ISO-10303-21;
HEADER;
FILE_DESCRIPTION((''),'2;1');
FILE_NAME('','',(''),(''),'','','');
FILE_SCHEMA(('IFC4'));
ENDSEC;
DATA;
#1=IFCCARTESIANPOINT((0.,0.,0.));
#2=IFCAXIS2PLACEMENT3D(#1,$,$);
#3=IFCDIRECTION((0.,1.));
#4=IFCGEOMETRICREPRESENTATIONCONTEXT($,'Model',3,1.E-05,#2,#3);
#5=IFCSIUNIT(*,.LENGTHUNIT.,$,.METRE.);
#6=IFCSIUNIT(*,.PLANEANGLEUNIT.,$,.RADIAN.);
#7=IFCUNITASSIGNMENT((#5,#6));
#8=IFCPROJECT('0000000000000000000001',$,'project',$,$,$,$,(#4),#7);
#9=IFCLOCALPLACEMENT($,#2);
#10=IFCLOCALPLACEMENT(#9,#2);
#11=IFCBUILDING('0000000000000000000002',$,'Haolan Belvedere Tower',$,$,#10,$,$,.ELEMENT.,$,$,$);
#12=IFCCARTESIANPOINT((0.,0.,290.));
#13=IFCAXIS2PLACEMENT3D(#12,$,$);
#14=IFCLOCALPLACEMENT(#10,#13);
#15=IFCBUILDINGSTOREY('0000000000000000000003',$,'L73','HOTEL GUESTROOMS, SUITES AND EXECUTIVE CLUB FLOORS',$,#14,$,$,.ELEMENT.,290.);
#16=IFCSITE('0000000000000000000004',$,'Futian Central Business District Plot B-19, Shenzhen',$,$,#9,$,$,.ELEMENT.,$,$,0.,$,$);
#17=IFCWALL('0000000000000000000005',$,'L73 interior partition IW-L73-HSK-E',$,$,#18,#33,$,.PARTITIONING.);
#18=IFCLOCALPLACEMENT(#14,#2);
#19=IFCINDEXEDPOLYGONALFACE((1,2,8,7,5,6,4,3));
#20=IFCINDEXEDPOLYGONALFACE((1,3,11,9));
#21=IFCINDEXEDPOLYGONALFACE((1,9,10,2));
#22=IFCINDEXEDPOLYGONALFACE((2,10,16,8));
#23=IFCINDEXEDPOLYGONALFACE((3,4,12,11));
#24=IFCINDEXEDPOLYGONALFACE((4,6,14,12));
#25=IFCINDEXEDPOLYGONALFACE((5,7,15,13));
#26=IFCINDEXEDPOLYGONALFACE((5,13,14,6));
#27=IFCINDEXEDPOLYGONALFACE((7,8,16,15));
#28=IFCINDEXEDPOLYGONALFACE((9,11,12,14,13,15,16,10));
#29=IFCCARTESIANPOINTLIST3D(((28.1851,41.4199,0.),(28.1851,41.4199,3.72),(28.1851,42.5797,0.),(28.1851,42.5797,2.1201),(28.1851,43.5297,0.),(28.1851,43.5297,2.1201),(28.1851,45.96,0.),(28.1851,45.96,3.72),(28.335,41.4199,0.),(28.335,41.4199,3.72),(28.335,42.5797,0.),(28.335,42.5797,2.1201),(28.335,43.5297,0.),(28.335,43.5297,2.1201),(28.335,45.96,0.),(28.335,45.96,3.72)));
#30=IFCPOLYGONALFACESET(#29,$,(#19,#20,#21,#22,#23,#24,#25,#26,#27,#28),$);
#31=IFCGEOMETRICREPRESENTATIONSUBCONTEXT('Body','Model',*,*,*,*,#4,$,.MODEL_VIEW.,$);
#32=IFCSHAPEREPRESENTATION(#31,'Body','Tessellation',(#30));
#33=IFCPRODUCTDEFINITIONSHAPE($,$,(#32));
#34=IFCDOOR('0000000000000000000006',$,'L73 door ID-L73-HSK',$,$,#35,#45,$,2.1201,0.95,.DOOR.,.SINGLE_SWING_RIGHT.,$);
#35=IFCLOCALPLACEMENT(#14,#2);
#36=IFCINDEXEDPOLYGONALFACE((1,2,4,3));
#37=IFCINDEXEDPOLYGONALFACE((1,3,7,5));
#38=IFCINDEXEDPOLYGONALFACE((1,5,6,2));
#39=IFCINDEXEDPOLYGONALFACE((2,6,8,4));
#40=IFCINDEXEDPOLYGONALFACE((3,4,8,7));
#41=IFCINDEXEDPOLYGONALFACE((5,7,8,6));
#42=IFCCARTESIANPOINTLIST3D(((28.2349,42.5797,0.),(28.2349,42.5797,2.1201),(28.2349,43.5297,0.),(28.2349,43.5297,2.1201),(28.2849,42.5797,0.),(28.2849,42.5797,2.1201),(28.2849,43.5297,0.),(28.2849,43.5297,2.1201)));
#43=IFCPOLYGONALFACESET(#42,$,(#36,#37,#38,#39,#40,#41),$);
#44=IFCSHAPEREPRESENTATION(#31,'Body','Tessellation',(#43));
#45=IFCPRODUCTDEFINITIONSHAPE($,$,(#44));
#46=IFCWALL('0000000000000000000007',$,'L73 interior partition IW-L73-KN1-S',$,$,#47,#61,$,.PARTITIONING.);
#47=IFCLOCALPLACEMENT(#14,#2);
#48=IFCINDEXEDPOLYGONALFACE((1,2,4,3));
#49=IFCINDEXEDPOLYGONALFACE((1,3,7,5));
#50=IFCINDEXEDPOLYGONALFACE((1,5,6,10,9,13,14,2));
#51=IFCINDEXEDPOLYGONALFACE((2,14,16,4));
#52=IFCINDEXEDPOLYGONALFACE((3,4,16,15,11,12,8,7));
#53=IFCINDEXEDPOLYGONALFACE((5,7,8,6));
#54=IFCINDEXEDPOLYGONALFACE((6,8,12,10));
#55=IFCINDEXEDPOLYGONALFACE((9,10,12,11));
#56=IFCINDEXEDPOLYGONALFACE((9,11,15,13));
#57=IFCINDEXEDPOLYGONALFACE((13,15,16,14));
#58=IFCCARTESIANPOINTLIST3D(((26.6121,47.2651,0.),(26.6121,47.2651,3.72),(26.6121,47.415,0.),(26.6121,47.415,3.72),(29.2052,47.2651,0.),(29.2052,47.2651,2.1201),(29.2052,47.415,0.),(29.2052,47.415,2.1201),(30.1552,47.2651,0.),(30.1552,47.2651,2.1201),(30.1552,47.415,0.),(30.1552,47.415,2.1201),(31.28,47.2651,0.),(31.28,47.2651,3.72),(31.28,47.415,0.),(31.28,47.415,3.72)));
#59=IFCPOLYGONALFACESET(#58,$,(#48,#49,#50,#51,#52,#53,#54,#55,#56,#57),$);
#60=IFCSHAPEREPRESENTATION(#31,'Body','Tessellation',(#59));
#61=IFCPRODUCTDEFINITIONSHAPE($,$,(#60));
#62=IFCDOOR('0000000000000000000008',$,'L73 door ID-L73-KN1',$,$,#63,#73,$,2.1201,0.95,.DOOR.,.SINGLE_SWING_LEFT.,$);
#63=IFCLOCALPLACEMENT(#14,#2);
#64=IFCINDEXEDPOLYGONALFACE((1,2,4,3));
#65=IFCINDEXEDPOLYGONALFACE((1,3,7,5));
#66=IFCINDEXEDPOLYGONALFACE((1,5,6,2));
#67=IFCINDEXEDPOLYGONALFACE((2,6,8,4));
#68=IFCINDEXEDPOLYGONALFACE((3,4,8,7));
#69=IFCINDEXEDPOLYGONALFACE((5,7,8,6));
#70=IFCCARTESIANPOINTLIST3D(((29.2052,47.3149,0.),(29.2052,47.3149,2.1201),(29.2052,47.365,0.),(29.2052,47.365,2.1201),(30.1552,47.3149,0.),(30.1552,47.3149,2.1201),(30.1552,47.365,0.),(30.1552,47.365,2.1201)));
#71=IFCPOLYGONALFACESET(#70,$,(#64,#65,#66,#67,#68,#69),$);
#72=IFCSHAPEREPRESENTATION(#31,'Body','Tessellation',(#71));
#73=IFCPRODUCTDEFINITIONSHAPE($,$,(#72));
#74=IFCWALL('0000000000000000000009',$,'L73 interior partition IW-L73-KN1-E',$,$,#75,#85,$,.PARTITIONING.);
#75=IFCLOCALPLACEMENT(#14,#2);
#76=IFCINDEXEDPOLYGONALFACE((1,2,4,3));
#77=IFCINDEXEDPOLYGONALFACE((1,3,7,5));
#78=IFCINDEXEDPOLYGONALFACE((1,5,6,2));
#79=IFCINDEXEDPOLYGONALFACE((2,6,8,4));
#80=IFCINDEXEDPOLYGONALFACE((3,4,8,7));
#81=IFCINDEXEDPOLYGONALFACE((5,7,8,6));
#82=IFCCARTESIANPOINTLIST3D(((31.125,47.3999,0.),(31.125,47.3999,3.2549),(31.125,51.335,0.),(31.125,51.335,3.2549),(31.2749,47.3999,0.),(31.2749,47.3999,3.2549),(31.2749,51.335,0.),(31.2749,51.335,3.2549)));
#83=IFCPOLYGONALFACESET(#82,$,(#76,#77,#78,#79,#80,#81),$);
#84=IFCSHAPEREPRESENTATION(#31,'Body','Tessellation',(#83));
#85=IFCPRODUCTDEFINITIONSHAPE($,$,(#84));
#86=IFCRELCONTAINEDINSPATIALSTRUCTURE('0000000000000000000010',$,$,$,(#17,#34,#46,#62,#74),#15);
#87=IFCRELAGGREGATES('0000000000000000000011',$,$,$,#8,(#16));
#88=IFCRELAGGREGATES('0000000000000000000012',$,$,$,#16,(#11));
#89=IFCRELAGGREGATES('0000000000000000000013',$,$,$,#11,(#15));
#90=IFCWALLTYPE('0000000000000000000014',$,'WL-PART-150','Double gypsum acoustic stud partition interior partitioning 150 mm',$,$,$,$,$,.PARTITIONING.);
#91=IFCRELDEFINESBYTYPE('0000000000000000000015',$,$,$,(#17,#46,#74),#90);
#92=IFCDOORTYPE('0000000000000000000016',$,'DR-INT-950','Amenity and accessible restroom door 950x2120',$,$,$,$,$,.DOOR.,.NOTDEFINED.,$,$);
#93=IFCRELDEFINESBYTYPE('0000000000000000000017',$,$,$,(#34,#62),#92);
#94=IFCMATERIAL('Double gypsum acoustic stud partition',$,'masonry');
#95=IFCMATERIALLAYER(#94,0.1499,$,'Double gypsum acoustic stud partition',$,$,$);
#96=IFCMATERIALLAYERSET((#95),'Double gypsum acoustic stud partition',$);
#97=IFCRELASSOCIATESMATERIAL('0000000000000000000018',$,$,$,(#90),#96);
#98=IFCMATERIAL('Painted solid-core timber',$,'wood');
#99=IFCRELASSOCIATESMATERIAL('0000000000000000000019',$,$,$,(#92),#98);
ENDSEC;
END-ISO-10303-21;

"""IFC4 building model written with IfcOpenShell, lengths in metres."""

from ifc_helpers import new_model, si_unit, direction, frame, frame_2d, origin, place, context, subcontext, project, spatial, rectangle, extrude, material, layer, layer_set, type_object, element, fill, save


model = new_model("IFC4")

# Units and contexts
model_context = context("Model", 3, precision=1e-05, world=origin(), true_north=direction((0.0, 1.0)))
body_context = subcontext(model_context, "Body", "Model", "MODEL_VIEW")
ifc_project = project(units=[si_unit("LENGTHUNIT", "METRE"), si_unit("PLANEANGLEUNIT", "RADIAN")], contexts=[model_context])

# Site, building, storey
site_placement = place(None, origin())
site = spatial("IfcSite", under=ifc_project, at=site_placement, Name="Futian Central Business District Plot B-19, Shenzhen", CompositionType="ELEMENT", RefElevation=0.0)
building_placement = place(site_placement, origin())
building = spatial("IfcBuilding", under=site, at=building_placement, Name="Haolan Belvedere Tower", CompositionType="ELEMENT")
storey_placement = place(building_placement, frame((0.0, 0.0, 290.0)))
storey = spatial("IfcBuildingStorey", under=building, at=storey_placement, Name="L73", Description="HOTEL GUESTROOMS, SUITES AND EXECUTIVE CLUB FLOORS", CompositionType="ELEMENT", Elevation=290.0)

# Shared definitions
ifc_material_1 = material(Name="Double gypsum acoustic stud partition", Category="masonry")
ifc_layer_1 = layer(ifc_material_1, 0.1499, Name="Double gypsum acoustic stud partition")
ifc_layer_set_1 = layer_set([ifc_layer_1], Name="Double gypsum acoustic stud partition")
wall_type_1 = type_object("IfcWallType", Name="WL-PART-150", Description="Double gypsum acoustic stud partition interior partitioning 150 mm", PredefinedType="PARTITIONING", material=ifc_layer_set_1)

# Walls, openings, doors
wall_1_placement = place(storey_placement, frame((28.26, 41.4199, 0.0), z_axis=(0.0, 0.0, 1.0), x_axis=(0.0, 1.0, 0.0)))
wall_1 = element("IfcWall", 1, at=wall_1_placement, inside=storey, type_object=wall_type_1, Name="L73 interior partition IW-L73-HSK-E", PredefinedType="PARTITIONING", context=body_context, shape_type="SweptSolid", body=[
    extrude(rectangle(XDim=4.54, YDim=0.1499, at=frame_2d((2.27, 0.0))), origin(), (0.0, 0.0, 1.0), 3.72),
])
opening_1_placement = place(wall_1_placement, frame((2.1099, 0.0, 0.0), z_axis=(0.0, 0.0, 1.0), x_axis=(-1.0, 0.0, 0.0)))
opening_1 = element("IfcOpeningElement", 2, at=opening_1_placement, cuts=wall_1, PredefinedType="OPENING", context=body_context, shape_type="SweptSolid", body=[
    extrude(rectangle(XDim=0.95, YDim=2.1201, at=frame_2d((0.4751, 1.0601))), frame((0.0, 0.085, 0.0), z_axis=(0.0, -1.0, 0.0), x_axis=(1.0, 0.0, 0.0)), (0.0, 0.0, 1.0), 0.1699),
])
ifc_material_2 = material(Name="Painted solid-core timber", Category="wood")
door_type_1 = type_object("IfcDoorType", Name="DR-INT-950", Description="Amenity and accessible restroom door 950x2120", OperationType="NOTDEFINED", PredefinedType="DOOR", material=ifc_material_2)
door_1_placement = place(opening_1_placement, origin())
door_1 = element("IfcDoor", 3, at=door_1_placement, inside=storey, type_object=door_type_1, Name="L73 door ID-L73-HSK", OperationType="SINGLE_SWING_RIGHT", OverallHeight=2.1201, OverallWidth=0.95, PredefinedType="DOOR", context=body_context, shape_type="SweptSolid", body=[
    extrude(rectangle(XDim=0.95, YDim=2.1201, at=frame_2d((0.4751, 1.0601))), frame((0.0, 0.0249, 0.0), z_axis=(0.0, -1.0, 0.0), x_axis=(1.0, 0.0, 0.0)), (0.0, 0.0, 1.0), 0.05),
])
fill(opening_1, door_1)
wall_2_placement = place(storey_placement, frame((26.6121, 47.3401, 0.0), z_axis=(0.0, 0.0, 1.0), x_axis=(1.0, 0.0, 0.0)))
wall_2 = element("IfcWall", 4, at=wall_2_placement, inside=storey, type_object=wall_type_1, Name="L73 interior partition IW-L73-KN1-S", PredefinedType="PARTITIONING", context=body_context, shape_type="SweptSolid", body=[
    extrude(rectangle(XDim=4.668, YDim=0.1499, at=frame_2d((2.334, 0.0))), origin(), (0.0, 0.0, 1.0), 3.72),
])
opening_2_placement = place(wall_2_placement, frame((2.593, 0.0, 0.0)))
opening_2 = element("IfcOpeningElement", 5, at=opening_2_placement, cuts=wall_2, PredefinedType="OPENING", context=body_context, shape_type="SweptSolid", body=[
    extrude(rectangle(XDim=0.95, YDim=2.1201, at=frame_2d((0.4751, 1.0601))), frame((0.0, 0.085, 0.0), z_axis=(0.0, -1.0, 0.0), x_axis=(1.0, 0.0, 0.0)), (0.0, 0.0, 1.0), 0.1699),
])
door_2_placement = place(opening_2_placement, origin())
door_2 = element("IfcDoor", 6, at=door_2_placement, inside=storey, type_object=door_type_1, Name="L73 door ID-L73-KN1", OperationType="SINGLE_SWING_LEFT", OverallHeight=2.1201, OverallWidth=0.95, PredefinedType="DOOR", context=body_context, shape_type="SweptSolid", body=[
    extrude(rectangle(XDim=0.95, YDim=2.1201, at=frame_2d((0.4751, 1.0601))), frame((0.0, 0.0249, 0.0), z_axis=(0.0, -1.0, 0.0), x_axis=(1.0, 0.0, 0.0)), (0.0, 0.0, 1.0), 0.05),
])
fill(opening_2, door_2)

# Wall
wall_3_placement = place(storey_placement, frame((31.2, 47.3999, 0.0), z_axis=(0.0, 0.0, 1.0), x_axis=(0.0, 1.0, 0.0)))
element("IfcWall", 7, at=wall_3_placement, inside=storey, type_object=wall_type_1, Name="L73 interior partition IW-L73-KN1-E", PredefinedType="PARTITIONING", context=body_context, shape_type="SweptSolid", body=[
    extrude(rectangle(XDim=3.9351, YDim=0.1499, at=frame_2d((1.9675, 0.0))), origin(), (0.0, 0.0, 1.0), 3.2549),
])

save(model, "model.ifc")
